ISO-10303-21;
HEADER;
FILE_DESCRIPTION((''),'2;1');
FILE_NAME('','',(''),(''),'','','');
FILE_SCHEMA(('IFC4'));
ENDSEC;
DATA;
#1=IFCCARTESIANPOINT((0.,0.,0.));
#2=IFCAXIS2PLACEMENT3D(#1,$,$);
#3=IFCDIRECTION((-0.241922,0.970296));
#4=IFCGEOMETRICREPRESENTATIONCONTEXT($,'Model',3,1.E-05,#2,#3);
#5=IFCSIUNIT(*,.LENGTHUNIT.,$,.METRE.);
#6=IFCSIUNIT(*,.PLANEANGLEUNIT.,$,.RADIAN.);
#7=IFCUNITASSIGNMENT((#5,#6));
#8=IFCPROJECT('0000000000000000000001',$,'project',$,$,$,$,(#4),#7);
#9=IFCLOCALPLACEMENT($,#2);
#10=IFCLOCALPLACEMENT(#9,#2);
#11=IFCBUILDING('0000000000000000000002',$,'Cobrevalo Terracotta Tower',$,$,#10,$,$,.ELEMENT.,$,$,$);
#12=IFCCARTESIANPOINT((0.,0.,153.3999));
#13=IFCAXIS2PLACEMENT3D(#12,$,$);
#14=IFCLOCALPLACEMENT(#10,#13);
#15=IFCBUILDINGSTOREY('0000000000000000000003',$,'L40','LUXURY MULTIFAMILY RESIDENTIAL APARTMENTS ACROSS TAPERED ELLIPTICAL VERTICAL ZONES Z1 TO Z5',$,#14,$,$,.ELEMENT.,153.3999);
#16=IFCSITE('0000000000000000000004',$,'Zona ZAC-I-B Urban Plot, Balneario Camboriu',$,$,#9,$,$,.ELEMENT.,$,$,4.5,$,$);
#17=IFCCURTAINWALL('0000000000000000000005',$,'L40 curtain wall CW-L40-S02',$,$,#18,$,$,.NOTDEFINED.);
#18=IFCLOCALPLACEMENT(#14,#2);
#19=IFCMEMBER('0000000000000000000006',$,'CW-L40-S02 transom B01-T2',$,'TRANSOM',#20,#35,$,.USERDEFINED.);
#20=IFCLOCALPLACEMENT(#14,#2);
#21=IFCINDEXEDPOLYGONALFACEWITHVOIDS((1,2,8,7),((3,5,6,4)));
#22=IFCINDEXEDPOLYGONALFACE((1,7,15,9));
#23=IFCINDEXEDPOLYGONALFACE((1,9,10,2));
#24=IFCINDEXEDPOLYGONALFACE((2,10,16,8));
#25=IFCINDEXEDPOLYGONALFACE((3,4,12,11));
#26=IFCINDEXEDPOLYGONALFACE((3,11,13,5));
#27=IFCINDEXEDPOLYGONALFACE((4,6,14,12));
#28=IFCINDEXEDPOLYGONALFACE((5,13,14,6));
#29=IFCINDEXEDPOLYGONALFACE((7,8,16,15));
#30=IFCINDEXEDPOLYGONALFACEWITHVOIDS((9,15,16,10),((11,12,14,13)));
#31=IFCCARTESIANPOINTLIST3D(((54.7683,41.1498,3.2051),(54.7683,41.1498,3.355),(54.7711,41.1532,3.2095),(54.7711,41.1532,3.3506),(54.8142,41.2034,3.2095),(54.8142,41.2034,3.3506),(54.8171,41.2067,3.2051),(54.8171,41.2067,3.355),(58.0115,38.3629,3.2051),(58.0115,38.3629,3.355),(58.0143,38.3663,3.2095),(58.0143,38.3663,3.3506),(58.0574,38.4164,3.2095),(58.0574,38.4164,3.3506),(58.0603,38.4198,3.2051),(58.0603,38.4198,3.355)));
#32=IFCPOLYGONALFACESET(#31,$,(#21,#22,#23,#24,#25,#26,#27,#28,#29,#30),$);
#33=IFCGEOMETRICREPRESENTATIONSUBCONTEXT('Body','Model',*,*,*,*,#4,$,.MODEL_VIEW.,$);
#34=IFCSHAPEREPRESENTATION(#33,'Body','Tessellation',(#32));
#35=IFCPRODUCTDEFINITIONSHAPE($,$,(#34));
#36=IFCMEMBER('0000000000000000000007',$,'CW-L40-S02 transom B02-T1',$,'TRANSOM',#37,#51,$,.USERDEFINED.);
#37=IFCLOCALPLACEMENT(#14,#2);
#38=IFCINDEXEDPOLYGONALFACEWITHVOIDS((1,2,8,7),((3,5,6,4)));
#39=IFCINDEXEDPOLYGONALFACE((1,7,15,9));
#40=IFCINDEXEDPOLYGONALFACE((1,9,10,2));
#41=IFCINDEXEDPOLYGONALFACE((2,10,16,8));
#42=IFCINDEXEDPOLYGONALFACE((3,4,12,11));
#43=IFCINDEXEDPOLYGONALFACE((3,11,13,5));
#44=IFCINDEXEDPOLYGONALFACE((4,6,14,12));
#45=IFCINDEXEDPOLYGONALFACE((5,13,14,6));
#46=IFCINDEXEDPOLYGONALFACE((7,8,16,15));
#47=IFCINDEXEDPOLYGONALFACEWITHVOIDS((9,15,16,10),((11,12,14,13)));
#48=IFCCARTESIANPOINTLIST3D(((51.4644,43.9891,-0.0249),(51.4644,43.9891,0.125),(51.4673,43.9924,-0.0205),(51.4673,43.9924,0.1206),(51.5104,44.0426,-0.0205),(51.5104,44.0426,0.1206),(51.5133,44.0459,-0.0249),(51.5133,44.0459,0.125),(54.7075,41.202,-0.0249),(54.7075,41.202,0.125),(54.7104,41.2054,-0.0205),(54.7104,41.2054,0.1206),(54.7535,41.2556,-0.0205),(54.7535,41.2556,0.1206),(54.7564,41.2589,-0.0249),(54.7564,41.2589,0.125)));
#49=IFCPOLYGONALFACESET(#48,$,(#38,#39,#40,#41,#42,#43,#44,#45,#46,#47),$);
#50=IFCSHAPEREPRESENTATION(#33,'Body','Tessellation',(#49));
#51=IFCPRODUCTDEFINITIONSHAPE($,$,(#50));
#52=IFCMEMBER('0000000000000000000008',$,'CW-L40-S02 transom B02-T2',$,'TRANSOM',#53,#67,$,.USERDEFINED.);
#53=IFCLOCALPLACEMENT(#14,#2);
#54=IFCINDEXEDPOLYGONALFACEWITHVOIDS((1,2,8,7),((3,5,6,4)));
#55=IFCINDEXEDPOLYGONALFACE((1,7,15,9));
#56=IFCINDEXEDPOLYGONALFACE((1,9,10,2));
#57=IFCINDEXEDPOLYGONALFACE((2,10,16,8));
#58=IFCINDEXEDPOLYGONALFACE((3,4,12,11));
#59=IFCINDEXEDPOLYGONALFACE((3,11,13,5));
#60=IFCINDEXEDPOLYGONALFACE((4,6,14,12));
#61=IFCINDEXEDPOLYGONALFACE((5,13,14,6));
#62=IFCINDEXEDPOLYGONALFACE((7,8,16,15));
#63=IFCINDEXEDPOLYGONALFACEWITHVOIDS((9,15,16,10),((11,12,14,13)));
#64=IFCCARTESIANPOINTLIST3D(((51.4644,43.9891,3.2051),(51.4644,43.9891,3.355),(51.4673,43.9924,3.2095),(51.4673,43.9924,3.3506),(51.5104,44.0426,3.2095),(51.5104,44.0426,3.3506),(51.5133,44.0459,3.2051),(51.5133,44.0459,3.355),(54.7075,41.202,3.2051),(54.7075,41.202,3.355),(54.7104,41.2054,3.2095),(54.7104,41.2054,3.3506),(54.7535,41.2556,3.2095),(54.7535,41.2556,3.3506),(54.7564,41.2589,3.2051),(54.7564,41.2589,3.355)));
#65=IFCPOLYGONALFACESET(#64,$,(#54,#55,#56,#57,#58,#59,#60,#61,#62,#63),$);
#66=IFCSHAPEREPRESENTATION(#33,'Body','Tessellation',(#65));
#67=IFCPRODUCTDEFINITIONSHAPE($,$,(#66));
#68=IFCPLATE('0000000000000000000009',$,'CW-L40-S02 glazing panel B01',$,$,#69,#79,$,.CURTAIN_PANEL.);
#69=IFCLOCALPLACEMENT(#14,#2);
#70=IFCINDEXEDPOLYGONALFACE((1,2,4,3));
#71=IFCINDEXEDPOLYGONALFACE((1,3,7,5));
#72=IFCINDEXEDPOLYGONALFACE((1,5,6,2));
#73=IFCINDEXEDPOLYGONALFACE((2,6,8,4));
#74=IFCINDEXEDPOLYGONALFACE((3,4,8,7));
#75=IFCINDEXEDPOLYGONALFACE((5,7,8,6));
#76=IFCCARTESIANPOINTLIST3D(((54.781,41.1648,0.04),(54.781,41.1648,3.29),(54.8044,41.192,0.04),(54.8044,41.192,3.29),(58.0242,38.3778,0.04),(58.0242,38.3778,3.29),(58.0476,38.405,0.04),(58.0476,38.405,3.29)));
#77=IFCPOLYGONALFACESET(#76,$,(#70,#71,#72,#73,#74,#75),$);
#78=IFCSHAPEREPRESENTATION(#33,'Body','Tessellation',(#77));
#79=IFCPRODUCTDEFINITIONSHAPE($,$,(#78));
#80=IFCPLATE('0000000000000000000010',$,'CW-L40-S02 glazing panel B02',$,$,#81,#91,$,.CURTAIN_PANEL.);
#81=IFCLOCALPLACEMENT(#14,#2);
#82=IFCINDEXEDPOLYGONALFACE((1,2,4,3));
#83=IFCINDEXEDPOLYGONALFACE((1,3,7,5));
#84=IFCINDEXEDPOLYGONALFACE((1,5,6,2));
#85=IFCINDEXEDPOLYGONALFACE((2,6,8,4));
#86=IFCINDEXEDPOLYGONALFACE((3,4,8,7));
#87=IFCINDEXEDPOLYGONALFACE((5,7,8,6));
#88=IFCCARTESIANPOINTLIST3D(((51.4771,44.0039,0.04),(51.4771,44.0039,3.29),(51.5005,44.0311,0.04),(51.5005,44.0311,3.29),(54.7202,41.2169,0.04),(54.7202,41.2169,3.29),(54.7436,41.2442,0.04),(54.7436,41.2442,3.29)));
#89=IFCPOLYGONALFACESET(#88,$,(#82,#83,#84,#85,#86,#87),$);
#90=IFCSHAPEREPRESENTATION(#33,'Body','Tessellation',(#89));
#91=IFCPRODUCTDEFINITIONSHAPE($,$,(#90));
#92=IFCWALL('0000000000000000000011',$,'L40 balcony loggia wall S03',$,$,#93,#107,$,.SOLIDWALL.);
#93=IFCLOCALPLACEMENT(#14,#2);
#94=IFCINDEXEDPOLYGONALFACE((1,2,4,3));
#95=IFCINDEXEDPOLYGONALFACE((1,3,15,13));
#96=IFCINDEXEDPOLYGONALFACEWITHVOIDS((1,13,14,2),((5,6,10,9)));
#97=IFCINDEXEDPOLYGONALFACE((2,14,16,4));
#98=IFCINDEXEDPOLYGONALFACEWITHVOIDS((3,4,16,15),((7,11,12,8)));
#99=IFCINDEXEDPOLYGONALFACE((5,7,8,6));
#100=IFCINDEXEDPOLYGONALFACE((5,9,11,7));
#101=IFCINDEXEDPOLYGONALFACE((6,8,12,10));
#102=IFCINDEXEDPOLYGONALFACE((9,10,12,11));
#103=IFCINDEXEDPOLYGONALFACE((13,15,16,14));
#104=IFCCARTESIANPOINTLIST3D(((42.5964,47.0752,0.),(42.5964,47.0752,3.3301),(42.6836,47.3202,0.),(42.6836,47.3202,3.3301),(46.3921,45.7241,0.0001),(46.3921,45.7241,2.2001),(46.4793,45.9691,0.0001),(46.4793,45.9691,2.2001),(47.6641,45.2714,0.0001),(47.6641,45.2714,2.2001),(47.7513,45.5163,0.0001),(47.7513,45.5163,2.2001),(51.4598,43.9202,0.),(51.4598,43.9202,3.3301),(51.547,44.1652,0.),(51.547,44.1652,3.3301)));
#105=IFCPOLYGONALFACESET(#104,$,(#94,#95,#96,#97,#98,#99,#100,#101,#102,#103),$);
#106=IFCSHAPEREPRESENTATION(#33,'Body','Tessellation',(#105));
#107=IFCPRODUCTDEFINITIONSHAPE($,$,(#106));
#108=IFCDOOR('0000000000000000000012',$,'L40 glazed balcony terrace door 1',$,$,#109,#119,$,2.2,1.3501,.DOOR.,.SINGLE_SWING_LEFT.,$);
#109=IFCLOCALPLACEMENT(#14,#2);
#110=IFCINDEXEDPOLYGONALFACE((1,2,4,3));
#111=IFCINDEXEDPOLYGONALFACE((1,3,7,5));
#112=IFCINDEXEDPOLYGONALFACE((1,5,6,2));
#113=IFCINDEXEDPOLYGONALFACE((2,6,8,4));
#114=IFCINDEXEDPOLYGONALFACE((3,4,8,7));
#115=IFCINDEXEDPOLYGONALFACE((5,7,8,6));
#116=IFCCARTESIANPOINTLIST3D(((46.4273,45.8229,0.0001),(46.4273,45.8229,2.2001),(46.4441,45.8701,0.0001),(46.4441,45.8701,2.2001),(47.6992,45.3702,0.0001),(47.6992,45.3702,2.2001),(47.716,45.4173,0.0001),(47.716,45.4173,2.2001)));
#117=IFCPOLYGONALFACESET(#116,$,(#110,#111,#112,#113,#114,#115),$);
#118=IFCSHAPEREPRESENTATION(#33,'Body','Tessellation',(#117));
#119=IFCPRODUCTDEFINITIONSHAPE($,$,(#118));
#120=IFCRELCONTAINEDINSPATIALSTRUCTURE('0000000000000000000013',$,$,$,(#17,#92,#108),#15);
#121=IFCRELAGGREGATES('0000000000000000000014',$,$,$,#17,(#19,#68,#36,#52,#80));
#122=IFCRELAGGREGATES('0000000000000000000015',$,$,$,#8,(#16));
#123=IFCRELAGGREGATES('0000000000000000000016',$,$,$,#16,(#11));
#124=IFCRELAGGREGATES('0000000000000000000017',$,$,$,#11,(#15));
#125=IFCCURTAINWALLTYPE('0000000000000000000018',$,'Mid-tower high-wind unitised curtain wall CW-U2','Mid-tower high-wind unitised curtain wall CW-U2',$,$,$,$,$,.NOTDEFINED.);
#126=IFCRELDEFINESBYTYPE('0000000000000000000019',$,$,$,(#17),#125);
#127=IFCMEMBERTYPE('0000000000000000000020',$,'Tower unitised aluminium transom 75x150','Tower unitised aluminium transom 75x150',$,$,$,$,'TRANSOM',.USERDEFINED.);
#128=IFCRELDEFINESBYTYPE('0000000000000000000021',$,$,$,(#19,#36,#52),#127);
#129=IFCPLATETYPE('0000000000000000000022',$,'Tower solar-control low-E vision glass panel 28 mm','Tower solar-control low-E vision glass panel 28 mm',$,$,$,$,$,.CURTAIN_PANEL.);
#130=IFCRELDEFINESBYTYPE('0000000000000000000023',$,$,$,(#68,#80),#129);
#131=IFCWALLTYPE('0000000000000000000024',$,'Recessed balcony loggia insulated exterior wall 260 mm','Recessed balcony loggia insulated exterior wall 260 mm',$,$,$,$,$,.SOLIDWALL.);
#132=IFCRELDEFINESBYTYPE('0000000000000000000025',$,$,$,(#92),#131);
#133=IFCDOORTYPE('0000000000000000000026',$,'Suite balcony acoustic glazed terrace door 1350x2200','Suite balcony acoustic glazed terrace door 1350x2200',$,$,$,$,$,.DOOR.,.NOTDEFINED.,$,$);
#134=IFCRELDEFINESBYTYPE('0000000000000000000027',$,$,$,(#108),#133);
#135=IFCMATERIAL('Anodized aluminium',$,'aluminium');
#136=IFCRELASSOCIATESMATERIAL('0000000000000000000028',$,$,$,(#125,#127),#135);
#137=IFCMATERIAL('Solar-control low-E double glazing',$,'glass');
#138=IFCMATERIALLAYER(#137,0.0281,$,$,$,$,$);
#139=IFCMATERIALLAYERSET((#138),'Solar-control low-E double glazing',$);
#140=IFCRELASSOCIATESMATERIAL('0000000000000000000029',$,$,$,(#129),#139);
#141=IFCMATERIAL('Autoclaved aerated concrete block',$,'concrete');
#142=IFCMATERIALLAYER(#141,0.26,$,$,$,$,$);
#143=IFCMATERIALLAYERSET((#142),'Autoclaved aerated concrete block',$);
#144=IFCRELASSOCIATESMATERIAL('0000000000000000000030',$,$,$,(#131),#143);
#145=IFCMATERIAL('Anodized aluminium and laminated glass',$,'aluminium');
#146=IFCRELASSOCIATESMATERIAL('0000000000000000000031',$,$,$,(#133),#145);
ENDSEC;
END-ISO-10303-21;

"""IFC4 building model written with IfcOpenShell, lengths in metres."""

from ifc_helpers import new_model, si_unit, direction, frame, frame_2d, origin, origin_2d, place, context, subcontext, project, spatial, rectangle, hollow_rectangle, extrude, source, transform, mapped, material, layer, layer_set, material_profile, profile_set, type_object, element, fill, aggregate, save


model = new_model("IFC4")

# Units and contexts
model_context = context("Model", 3, precision=1e-05, world=origin(), true_north=direction((-0.241922, 0.970296)))
body_context = subcontext(model_context, "Body", "Model", "MODEL_VIEW")
ifc_project = project(units=[si_unit("LENGTHUNIT", "METRE"), si_unit("PLANEANGLEUNIT", "RADIAN")], contexts=[model_context])

# Site, building, storey
site_placement = place(None, origin())
site = spatial("IfcSite", under=ifc_project, at=site_placement, Name="Zona ZAC-I-B Urban Plot, Balneario Camboriu", CompositionType="ELEMENT", RefElevation=4.5)
building_placement = place(site_placement, origin())
building = spatial("IfcBuilding", under=site, at=building_placement, Name="Cobrevalo Terracotta Tower", CompositionType="ELEMENT")
storey_placement = place(building_placement, frame((0.0, 0.0, 153.3999)))
storey = spatial("IfcBuildingStorey", under=building, at=storey_placement, Name="L40", Description="LUXURY MULTIFAMILY RESIDENTIAL APARTMENTS ACROSS TAPERED ELLIPTICAL VERTICAL ZONES Z1 TO Z5", CompositionType="ELEMENT", Elevation=153.3999)

# Shared definitions
ifc_material_1 = material(Name="Anodized aluminium", Category="aluminium")
curtain_wall_type = type_object("IfcCurtainWallType", Name="Mid-tower high-wind unitised curtain wall CW-U2", Description="Mid-tower high-wind unitised curtain wall CW-U2", PredefinedType="NOTDEFINED", material=ifc_material_1)

# Curtain wall, members, plates
curtain_wall_1_placement = place(storey_placement, origin())
curtain_wall_1 = element("IfcCurtainWall", 1, at=curtain_wall_1_placement, inside=storey, type_object=curtain_wall_type, Name="L40 curtain wall CW-L40-S02", PredefinedType="NOTDEFINED")
ifc_material_profile_1 = material_profile(ifc_material_1, hollow_rectangle(XDim=0.075, YDim=0.1499, WallThickness=0.0044, at=origin_2d()), Name="CWT 75x150")
ifc_profile_set_1 = profile_set([ifc_material_profile_1], Name="Anodized aluminium")
member_type_1 = type_object("IfcMemberType", Name="Tower unitised aluminium transom 75x150", Description="Tower unitised aluminium transom 75x150", ElementType="TRANSOM", PredefinedType="USERDEFINED", material=ifc_profile_set_1)
shared_shape_1 = source(origin(), body_context, "Body", "SweptSolid", [
    extrude(hollow_rectangle(XDim=0.075, YDim=0.1499, WallThickness=0.0044, at=origin_2d()), origin(), (0.0, 0.0, 1.0), 4.2761),
])
member_1_placement = place(storey_placement, frame((58.0359, 38.3914, 3.28), z_axis=(-0.758446, 0.651736, 0.0), x_axis=(-0.651736, -0.758446, 0.0)))
member_1 = element("IfcMember", 2, at=member_1_placement, type_object=member_type_1, Name="CW-L40-S02 transom B01-T2", ObjectType="TRANSOM", PredefinedType="USERDEFINED", context=body_context, shape_type="MappedRepresentation", body=[
    mapped(shared_shape_1, transform((0.0, 0.0, 0.0), scale=1.0)),
])
member_2_placement = place(storey_placement, frame((54.7319, 41.2305, 0.05), z_axis=(-0.758418, 0.651769, 0.0), x_axis=(-0.651769, -0.758418, 0.0)))
member_2 = element("IfcMember", 3, at=member_2_placement, type_object=member_type_1, Name="CW-L40-S02 transom B02-T1", ObjectType="TRANSOM", PredefinedType="USERDEFINED", context=body_context, shape_type="MappedRepresentation", body=[
    mapped(shared_shape_1, transform((0.0, 0.0, 0.0), scale=1.0)),
])
member_3_placement = place(storey_placement, frame((54.7319, 41.2305, 3.28), z_axis=(-0.758418, 0.651769, 0.0), x_axis=(-0.651769, -0.758418, 0.0)))
member_3 = element("IfcMember", 4, at=member_3_placement, type_object=member_type_1, Name="CW-L40-S02 transom B02-T2", ObjectType="TRANSOM", PredefinedType="USERDEFINED", context=body_context, shape_type="MappedRepresentation", body=[
    mapped(shared_shape_1, transform((0.0, 0.0, 0.0), scale=1.0)),
])
ifc_material_2 = material(Name="Solar-control low-E double glazing", Category="glass")
ifc_layer_1 = layer(ifc_material_2, 0.0281)
ifc_layer_set_1 = layer_set([ifc_layer_1], Name="Solar-control low-E double glazing")
plate_type = type_object("IfcPlateType", Name="Tower solar-control low-E vision glass panel 28 mm", Description="Tower solar-control low-E vision glass panel 28 mm", PredefinedType="CURTAIN_PANEL", material=ifc_layer_set_1)
shared_shape_2 = source(origin(), body_context, "Body", "SweptSolid", [
    extrude(rectangle(XDim=4.2761, YDim=0.0359, at=origin_2d()), origin(), (0.0, 0.0, 1.0), 3.25),
])
plate_1_placement = place(storey_placement, frame((56.4143, 39.7849, 0.04), z_axis=(0.0, 0.0, 1.0), x_axis=(-0.758437, 0.651746, 0.0)))
plate_1 = element("IfcPlate", 5, at=plate_1_placement, type_object=plate_type, Name="CW-L40-S02 glazing panel B01", PredefinedType="CURTAIN_PANEL", context=body_context, shape_type="MappedRepresentation", body=[
    mapped(shared_shape_2, transform((0.0, 0.0, 0.0), scale=1.0)),
])
plate_2_placement = place(storey_placement, frame((53.1104, 42.624, 0.04), z_axis=(0.0, 0.0, 1.0), x_axis=(-0.758437, 0.651746, 0.0)))
plate_2 = element("IfcPlate", 6, at=plate_2_placement, type_object=plate_type, Name="CW-L40-S02 glazing panel B02", PredefinedType="CURTAIN_PANEL", context=body_context, shape_type="MappedRepresentation", body=[
    mapped(shared_shape_2, transform((0.0, 0.0, 0.0), scale=1.0)),
])
aggregate(curtain_wall_1, [member_1, plate_1, member_2, member_3, plate_2])

# Wall, opening, door
ifc_material_3 = material(Name="Autoclaved aerated concrete block", Category="concrete")
ifc_layer_2 = layer(ifc_material_3, 0.26)
ifc_layer_set_2 = layer_set([ifc_layer_2], Name="Autoclaved aerated concrete block")
wall_type_1 = type_object("IfcWallType", Name="Recessed balcony loggia insulated exterior wall 260 mm", Description="Recessed balcony loggia insulated exterior wall 260 mm", PredefinedType="SOLIDWALL", material=ifc_layer_set_2)
wall_1_placement = place(storey_placement, frame((51.5034, 44.0427, 0.0), z_axis=(0.0, 0.0, 1.0), x_axis=(-0.942095, 0.335345, 0.0)))
wall_1 = element("IfcWall", 7, at=wall_1_placement, inside=storey, type_object=wall_type_1, Name="L40 balcony loggia wall S03", PredefinedType="SOLIDWALL", context=body_context, shape_type="SweptSolid", body=[
    extrude(rectangle(XDim=9.4082, YDim=0.26, at=frame_2d((4.7041, 0.0))), origin(), (0.0, 0.0, 1.0), 3.3301),
])
opening_1_placement = place(wall_1_placement, frame((4.0291, 0.0, 0.0)))
opening_1 = element("IfcOpeningElement", 8, at=opening_1_placement, cuts=wall_1, PredefinedType="OPENING", context=body_context, shape_type="SweptSolid", body=[
    extrude(rectangle(XDim=1.3501, YDim=2.2, at=frame_2d((0.675, 1.1001))), frame((0.0, 0.1401, 0.0), z_axis=(0.0, -1.0, 0.0), x_axis=(1.0, 0.0, 0.0)), (0.0, 0.0, 1.0), 0.28),
])
ifc_material_4 = material(Name="Anodized aluminium and laminated glass", Category="aluminium")
door_type_1 = type_object("IfcDoorType", Name="Suite balcony acoustic glazed terrace door 1350x2200", Description="Suite balcony acoustic glazed terrace door 1350x2200", OperationType="NOTDEFINED", PredefinedType="DOOR", material=ifc_material_4)
shared_shape_3 = source(origin(), body_context, "Body", "SweptSolid", [
    extrude(rectangle(XDim=1.3501, YDim=2.2, at=frame_2d((0.675, 1.1001))), frame((0.0, 0.0249, 0.0), z_axis=(0.0, -1.0, 0.0), x_axis=(1.0, 0.0, 0.0)), (0.0, 0.0, 1.0), 0.05),
])
door_1_placement = place(opening_1_placement, frame((1.3501, 0.0, 0.0), z_axis=(0.0, 0.0, 1.0), x_axis=(-1.0, 0.0, 0.0)))
door_1 = element("IfcDoor", 9, at=door_1_placement, inside=storey, type_object=door_type_1, Name="L40 glazed balcony terrace door 1", OperationType="SINGLE_SWING_LEFT", OverallHeight=2.2, OverallWidth=1.3501, PredefinedType="DOOR", context=body_context, shape_type="MappedRepresentation", body=[
    mapped(shared_shape_3, transform((0.0, 0.0, 0.0), scale=1.0)),
])
fill(opening_1, door_1)

save(model, "model.ifc")
